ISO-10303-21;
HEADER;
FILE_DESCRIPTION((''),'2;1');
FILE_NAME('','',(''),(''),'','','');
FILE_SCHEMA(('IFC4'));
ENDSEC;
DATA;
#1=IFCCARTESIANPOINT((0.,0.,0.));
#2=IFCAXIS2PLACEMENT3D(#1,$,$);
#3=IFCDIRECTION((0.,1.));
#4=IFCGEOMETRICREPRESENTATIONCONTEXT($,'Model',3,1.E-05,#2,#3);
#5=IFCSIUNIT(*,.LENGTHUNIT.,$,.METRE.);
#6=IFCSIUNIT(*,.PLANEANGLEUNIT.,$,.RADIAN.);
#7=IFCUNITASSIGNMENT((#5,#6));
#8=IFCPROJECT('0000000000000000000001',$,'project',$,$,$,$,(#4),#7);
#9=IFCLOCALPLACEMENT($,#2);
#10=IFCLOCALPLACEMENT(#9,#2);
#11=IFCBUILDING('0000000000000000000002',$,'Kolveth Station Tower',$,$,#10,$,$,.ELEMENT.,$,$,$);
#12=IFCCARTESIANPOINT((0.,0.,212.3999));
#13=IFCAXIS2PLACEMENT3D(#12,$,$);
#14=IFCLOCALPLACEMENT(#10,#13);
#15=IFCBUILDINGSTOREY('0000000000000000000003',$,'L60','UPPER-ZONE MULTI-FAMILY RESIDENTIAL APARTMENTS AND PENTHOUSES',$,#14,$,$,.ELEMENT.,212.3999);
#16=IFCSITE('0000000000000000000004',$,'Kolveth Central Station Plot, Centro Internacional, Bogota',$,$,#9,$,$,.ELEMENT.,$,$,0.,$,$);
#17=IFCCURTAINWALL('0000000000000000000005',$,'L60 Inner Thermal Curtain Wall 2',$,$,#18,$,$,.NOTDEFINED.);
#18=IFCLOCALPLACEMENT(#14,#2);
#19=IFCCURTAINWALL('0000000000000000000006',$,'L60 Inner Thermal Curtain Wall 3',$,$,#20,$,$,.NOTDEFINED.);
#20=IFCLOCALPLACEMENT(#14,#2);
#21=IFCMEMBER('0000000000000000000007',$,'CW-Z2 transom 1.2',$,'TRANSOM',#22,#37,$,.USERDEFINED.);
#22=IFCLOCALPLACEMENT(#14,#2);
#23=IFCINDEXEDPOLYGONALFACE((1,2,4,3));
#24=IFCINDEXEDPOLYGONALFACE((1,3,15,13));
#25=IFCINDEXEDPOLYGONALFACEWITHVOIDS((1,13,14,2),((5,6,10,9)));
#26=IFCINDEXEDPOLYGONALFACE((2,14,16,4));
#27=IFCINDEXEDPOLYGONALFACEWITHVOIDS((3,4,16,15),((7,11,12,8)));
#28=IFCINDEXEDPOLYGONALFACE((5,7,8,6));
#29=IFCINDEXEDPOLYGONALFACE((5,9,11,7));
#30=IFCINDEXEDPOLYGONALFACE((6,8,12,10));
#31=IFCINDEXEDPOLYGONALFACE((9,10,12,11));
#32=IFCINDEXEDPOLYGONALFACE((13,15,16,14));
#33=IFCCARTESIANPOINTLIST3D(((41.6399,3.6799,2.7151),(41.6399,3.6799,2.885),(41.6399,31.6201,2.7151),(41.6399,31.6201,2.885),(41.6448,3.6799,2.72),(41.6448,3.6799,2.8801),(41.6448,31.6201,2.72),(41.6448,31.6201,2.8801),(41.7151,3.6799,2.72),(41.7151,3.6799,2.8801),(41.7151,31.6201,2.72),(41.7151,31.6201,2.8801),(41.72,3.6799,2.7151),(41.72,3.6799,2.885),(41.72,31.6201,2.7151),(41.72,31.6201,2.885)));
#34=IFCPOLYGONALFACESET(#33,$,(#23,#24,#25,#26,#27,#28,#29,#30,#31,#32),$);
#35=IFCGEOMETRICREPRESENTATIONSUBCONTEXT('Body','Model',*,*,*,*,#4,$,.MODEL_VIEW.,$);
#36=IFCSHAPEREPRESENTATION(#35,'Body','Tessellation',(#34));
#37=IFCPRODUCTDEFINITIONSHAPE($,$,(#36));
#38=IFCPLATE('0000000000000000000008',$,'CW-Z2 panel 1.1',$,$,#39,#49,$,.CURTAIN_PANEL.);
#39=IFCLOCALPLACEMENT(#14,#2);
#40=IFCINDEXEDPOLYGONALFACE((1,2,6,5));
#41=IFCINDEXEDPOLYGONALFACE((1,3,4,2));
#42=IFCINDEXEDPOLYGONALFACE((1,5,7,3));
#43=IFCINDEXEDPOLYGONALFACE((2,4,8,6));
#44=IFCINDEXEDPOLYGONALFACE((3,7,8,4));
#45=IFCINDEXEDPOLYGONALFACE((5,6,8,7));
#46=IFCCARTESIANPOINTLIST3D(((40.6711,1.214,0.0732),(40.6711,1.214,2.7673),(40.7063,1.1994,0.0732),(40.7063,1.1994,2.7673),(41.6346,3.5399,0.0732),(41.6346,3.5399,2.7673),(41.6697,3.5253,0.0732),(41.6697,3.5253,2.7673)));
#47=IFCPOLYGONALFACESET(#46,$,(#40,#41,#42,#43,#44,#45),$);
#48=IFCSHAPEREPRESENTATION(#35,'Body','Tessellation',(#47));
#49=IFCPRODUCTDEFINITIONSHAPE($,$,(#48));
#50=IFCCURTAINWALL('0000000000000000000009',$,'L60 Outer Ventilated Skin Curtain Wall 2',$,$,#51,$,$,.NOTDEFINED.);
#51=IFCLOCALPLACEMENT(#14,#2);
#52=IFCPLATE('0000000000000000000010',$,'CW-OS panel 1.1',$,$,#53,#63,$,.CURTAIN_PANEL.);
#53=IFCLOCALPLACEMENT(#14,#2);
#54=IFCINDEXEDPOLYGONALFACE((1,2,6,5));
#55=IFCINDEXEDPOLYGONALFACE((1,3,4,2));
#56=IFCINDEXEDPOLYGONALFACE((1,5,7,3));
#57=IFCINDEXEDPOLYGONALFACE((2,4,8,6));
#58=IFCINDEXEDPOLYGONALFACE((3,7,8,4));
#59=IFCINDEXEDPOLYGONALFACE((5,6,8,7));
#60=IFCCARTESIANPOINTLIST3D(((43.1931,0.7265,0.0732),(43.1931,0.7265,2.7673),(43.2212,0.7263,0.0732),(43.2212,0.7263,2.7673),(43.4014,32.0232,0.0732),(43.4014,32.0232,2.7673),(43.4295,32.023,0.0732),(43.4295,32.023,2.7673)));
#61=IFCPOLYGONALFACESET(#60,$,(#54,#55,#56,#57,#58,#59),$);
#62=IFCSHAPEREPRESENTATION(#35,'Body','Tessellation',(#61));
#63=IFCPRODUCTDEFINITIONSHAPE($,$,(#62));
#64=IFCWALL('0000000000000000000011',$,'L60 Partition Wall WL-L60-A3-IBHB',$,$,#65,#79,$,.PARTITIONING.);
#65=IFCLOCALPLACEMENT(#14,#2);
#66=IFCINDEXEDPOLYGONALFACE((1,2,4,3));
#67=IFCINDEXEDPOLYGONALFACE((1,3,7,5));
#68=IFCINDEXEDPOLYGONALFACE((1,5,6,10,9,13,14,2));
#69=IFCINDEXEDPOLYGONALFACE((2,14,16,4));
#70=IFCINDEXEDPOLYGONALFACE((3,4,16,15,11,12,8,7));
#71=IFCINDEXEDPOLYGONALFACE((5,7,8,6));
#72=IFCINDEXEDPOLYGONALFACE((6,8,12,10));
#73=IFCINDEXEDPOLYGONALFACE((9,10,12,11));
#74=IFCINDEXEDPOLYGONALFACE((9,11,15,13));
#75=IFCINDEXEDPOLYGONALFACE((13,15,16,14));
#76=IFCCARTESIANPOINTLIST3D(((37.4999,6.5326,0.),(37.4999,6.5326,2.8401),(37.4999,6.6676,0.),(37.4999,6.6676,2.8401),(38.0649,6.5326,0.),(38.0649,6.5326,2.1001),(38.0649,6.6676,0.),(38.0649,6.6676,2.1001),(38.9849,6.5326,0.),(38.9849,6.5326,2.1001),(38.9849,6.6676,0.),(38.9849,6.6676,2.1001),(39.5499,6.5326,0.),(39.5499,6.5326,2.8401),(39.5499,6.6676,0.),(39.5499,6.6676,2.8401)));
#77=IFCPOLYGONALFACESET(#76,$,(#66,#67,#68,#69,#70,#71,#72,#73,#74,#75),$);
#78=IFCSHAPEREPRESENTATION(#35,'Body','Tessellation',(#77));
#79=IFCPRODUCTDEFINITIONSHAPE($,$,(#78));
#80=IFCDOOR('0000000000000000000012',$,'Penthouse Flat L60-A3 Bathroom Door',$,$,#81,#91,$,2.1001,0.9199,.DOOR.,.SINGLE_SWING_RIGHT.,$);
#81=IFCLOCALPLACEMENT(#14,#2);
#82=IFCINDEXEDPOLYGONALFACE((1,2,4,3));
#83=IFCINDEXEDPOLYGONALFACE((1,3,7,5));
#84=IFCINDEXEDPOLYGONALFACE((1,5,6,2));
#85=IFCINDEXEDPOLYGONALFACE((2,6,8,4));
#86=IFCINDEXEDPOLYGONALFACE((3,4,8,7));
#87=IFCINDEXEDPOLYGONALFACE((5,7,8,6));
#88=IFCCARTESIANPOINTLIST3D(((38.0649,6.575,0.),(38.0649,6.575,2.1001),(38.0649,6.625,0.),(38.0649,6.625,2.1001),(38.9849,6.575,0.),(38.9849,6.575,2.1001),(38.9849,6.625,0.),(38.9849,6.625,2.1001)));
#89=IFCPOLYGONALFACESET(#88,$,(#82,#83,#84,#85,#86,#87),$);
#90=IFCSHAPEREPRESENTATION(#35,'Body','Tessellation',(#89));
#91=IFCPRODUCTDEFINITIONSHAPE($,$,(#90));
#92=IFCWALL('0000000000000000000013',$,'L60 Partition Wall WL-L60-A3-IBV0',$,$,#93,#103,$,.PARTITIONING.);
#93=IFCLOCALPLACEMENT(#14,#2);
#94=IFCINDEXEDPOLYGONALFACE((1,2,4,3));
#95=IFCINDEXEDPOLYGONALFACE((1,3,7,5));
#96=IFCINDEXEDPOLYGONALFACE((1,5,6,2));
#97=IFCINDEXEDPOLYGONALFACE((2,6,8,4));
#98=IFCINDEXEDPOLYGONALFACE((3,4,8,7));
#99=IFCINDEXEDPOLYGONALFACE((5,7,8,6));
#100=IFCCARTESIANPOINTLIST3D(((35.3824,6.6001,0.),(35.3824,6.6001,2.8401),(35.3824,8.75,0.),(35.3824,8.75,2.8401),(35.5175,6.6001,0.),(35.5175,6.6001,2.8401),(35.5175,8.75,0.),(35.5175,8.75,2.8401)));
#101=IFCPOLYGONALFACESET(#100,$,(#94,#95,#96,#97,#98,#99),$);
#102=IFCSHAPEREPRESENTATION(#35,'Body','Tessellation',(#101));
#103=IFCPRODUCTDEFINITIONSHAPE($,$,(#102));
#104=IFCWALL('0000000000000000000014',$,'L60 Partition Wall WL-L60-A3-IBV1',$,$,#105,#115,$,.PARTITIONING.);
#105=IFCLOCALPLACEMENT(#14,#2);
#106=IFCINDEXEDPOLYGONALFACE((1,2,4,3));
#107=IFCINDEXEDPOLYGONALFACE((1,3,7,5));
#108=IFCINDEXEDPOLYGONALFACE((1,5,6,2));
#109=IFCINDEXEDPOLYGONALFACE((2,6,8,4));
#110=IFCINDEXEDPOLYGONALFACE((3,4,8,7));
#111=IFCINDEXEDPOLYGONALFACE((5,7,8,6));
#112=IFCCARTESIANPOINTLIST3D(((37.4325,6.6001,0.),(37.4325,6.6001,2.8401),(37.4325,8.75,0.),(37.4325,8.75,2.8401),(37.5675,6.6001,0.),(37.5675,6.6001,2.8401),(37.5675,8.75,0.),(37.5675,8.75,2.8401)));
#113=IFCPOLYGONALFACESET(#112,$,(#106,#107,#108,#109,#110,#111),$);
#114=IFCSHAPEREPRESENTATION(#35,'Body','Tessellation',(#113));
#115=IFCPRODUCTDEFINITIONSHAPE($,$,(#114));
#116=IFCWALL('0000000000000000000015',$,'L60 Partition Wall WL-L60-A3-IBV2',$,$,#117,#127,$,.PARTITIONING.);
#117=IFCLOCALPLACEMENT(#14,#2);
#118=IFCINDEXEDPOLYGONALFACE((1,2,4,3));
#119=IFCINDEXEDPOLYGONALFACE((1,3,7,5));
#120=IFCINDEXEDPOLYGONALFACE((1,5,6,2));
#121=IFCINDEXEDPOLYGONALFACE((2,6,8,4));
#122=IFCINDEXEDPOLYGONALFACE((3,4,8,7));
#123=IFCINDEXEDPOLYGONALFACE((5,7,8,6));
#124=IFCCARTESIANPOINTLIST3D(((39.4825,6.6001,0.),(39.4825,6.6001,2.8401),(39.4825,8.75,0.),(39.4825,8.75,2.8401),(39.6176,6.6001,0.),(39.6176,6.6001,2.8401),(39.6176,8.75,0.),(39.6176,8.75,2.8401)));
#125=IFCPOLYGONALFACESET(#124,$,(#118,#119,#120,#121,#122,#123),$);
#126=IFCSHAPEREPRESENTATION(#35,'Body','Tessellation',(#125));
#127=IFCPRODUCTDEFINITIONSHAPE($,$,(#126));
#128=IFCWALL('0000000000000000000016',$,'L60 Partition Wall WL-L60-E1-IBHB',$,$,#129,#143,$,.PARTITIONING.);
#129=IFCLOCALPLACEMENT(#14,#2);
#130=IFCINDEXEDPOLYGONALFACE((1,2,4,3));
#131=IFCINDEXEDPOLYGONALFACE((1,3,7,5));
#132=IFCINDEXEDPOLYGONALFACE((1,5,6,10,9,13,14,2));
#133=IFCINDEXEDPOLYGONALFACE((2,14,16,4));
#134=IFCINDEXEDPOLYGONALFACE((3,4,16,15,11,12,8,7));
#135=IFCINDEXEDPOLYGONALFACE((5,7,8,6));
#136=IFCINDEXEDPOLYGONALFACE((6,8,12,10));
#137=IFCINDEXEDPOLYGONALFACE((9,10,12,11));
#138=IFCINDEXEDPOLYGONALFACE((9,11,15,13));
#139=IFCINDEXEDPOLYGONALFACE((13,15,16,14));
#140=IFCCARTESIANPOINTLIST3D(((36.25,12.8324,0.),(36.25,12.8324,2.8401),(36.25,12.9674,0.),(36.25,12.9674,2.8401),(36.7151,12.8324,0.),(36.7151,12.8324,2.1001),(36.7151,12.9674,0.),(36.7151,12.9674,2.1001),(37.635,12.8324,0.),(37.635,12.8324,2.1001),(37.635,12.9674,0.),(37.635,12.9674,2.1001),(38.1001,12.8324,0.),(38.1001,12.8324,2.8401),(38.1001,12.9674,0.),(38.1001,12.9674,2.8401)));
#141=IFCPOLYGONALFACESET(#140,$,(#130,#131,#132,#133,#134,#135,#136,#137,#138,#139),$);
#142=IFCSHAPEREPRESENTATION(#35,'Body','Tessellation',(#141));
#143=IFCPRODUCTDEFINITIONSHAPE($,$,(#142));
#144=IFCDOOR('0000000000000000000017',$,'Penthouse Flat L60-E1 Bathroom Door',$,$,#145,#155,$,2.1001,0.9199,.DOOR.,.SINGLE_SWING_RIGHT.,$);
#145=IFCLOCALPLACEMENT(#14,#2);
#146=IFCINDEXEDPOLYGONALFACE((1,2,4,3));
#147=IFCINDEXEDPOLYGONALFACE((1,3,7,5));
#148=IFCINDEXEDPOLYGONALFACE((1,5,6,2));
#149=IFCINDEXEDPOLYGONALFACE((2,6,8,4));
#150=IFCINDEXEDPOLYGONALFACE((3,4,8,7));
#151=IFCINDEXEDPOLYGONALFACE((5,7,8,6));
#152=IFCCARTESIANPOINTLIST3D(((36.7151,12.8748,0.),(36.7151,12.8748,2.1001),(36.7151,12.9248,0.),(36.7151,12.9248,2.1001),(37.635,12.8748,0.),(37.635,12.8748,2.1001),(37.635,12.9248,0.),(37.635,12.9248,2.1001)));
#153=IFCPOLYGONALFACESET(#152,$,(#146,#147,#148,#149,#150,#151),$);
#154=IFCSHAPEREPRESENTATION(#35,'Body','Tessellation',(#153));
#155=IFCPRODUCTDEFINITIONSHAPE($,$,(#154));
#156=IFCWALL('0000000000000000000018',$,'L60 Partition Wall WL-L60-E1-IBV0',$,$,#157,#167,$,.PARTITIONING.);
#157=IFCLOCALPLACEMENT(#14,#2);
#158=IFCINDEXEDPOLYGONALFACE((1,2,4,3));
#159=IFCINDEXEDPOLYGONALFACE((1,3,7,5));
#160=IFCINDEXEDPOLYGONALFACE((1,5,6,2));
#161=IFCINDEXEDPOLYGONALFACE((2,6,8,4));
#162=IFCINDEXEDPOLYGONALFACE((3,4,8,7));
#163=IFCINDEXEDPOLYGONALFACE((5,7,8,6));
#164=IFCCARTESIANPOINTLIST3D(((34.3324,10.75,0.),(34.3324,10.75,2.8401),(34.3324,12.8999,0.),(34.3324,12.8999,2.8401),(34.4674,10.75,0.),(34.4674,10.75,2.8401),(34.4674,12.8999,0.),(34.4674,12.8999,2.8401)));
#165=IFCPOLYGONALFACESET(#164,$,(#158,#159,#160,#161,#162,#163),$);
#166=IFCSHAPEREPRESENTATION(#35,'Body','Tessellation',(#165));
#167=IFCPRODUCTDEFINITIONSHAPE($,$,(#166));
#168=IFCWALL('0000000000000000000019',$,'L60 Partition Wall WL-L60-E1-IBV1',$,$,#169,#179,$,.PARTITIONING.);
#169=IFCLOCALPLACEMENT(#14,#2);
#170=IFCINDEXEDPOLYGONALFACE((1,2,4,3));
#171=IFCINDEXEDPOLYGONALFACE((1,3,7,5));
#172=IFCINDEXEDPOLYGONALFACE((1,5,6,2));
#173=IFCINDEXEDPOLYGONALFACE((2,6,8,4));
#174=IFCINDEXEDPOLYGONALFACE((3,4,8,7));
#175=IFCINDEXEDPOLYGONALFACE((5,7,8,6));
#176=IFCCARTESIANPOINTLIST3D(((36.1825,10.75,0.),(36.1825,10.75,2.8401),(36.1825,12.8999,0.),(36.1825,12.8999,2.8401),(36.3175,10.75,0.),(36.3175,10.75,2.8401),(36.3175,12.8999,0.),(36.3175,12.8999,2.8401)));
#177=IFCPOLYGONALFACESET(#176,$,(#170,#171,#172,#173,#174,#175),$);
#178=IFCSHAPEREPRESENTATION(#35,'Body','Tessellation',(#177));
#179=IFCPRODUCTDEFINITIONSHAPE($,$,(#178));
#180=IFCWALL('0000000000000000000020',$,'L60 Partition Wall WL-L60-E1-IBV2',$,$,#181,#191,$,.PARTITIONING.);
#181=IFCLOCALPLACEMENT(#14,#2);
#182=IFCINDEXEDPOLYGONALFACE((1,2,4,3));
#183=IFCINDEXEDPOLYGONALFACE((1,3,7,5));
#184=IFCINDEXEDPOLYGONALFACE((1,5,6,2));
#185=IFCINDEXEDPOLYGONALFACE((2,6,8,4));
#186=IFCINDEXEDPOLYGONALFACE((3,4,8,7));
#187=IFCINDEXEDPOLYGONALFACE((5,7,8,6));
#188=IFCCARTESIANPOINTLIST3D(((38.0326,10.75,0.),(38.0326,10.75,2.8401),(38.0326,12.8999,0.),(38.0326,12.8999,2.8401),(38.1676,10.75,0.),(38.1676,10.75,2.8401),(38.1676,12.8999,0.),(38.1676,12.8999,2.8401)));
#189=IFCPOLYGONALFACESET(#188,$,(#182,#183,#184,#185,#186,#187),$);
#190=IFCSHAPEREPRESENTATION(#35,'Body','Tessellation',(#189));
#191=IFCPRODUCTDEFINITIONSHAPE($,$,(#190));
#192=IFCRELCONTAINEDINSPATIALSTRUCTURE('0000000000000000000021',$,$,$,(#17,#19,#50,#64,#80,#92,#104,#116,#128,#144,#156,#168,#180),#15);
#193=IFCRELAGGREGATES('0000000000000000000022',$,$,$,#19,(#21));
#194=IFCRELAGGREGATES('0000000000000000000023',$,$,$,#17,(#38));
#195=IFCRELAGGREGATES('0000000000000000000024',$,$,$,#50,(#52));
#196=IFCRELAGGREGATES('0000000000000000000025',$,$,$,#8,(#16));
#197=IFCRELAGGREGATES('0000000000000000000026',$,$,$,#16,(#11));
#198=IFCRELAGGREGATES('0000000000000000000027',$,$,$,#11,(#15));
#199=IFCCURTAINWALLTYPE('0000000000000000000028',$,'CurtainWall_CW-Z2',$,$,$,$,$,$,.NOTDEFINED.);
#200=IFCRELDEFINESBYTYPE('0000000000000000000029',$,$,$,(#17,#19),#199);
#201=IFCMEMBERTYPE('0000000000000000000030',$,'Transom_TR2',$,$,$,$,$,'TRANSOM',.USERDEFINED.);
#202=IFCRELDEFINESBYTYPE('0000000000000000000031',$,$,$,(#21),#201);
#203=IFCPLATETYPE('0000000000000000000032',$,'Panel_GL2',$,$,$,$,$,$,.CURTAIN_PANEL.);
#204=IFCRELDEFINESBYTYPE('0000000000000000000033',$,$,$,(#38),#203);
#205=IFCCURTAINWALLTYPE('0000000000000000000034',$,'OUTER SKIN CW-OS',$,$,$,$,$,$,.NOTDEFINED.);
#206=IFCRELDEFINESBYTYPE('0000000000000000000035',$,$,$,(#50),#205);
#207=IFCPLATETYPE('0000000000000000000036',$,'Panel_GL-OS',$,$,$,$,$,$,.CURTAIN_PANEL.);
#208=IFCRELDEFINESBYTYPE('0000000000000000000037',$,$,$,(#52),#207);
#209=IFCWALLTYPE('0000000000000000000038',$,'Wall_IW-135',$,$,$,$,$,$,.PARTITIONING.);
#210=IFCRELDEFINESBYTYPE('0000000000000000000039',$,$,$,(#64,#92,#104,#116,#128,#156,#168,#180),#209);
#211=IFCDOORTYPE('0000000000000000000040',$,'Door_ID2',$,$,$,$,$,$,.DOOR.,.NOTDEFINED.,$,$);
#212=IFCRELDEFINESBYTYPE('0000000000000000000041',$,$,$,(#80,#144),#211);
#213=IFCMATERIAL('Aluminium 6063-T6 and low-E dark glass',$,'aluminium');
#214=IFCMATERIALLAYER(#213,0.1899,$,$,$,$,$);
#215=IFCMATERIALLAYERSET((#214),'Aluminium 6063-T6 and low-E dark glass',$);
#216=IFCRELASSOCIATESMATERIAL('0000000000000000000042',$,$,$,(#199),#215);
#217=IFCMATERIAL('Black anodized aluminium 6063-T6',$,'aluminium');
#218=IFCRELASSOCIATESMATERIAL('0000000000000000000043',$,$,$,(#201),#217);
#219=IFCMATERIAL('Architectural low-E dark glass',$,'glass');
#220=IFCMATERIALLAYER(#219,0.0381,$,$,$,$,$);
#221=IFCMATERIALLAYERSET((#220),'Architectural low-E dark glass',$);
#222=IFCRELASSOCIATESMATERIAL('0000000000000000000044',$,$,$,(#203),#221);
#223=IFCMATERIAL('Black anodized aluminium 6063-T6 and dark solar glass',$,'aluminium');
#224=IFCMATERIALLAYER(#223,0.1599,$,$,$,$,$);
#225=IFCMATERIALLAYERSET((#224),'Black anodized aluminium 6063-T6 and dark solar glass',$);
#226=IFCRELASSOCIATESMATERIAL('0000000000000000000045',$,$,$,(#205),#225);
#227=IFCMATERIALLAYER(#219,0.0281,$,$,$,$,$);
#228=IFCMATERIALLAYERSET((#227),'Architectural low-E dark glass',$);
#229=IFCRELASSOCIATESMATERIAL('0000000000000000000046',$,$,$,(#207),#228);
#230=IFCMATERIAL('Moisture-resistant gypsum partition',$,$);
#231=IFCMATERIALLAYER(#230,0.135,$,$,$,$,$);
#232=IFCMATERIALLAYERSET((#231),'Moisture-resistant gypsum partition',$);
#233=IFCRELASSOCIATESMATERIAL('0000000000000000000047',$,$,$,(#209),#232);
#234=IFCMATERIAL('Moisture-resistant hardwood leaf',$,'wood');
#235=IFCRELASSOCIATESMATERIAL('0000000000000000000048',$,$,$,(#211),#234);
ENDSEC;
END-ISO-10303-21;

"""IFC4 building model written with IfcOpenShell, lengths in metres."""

from ifc_helpers import new_model, si_unit, direction, frame, frame_2d, origin, origin_2d, place, context, subcontext, project, spatial, rectangle, hollow_rectangle, extrude, source, transform, mapped, material, layer, layer_set, material_profile, profile_set, type_object, element, fill, aggregate, save


model = new_model("IFC4")

# Units and contexts
model_context = context("Model", 3, precision=1e-05, world=origin(), true_north=direction((0.0, 1.0)))
body_context = subcontext(model_context, "Body", "Model", "MODEL_VIEW")
ifc_project = project(units=[si_unit("LENGTHUNIT", "METRE"), si_unit("PLANEANGLEUNIT", "RADIAN")], contexts=[model_context])

# Site, building, storey
site_placement = place(None, origin())
site = spatial("IfcSite", under=ifc_project, at=site_placement, Name="Kolveth Central Station Plot, Centro Internacional, Bogota", CompositionType="ELEMENT", RefElevation=0.0)
building_placement = place(site_placement, origin())
building = spatial("IfcBuilding", under=site, at=building_placement, Name="Kolveth Station Tower", CompositionType="ELEMENT")
storey_placement = place(building_placement, frame((0.0, 0.0, 212.3999)))
storey = spatial("IfcBuildingStorey", under=building, at=storey_placement, Name="L60", Description="UPPER-ZONE MULTI-FAMILY RESIDENTIAL APARTMENTS AND PENTHOUSES", CompositionType="ELEMENT", Elevation=212.3999)

# Curtain wall
ifc_material_1 = material(Name="Aluminium 6063-T6 and low-E dark glass", Category="aluminium")
ifc_layer_1 = layer(ifc_material_1, 0.1899)
ifc_layer_set_1 = layer_set([ifc_layer_1], Name="Aluminium 6063-T6 and low-E dark glass")
curtain_wall_type_1 = type_object("IfcCurtainWallType", Name="CurtainWall_CW-Z2", PredefinedType="NOTDEFINED", material=ifc_layer_set_1)
curtain_wall_1_placement = place(storey_placement, origin())
curtain_wall_1 = element("IfcCurtainWall", 1, at=curtain_wall_1_placement, inside=storey, type_object=curtain_wall_type_1, Name="L60 Inner Thermal Curtain Wall 2", PredefinedType="NOTDEFINED")
ifc_material_2 = material(Name="Black anodized aluminium 6063-T6", Category="aluminium")

# Curtain wall, member
curtain_wall_2_placement = place(storey_placement, origin())
curtain_wall_2 = element("IfcCurtainWall", 2, at=curtain_wall_2_placement, inside=storey, type_object=curtain_wall_type_1, Name="L60 Inner Thermal Curtain Wall 3", PredefinedType="NOTDEFINED")
ifc_material_profile_1 = material_profile(ifc_material_2, hollow_rectangle(XDim=0.0801, YDim=0.1699, WallThickness=0.0049, at=origin_2d()), Name="ALU-80x170x5")
ifc_profile_set_1 = profile_set([ifc_material_profile_1], Name="Black anodized aluminium 6063-T6")
member_type_1 = type_object("IfcMemberType", Name="Transom_TR2", ElementType="TRANSOM", PredefinedType="USERDEFINED", material=ifc_profile_set_1)
shared_shape_1 = source(origin(), body_context, "Body", "SweptSolid", [
    extrude(hollow_rectangle(XDim=0.0801, YDim=0.1699, WallThickness=0.0049, at=origin_2d()), origin(), (0.0, 0.0, 1.0), 27.9402),
])
member_1_placement = place(storey_placement, frame((41.6799, 3.6799, 2.8), z_axis=(0.0, 1.0, 0.0), x_axis=(-1.0, 0.0, 0.0)))
member_1 = element("IfcMember", 3, at=member_1_placement, type_object=member_type_1, Name="CW-Z2 transom 1.2", ObjectType="TRANSOM", PredefinedType="USERDEFINED", context=body_context, shape_type="MappedRepresentation", body=[
    mapped(shared_shape_1, transform((0.0, 0.0, 0.0), x_axis=(1.0, 0.0, 0.0), y_axis=(0.0, 1.0, 0.0), z_axis=(0.0, 0.0, 1.0), scale=1.0)),
])
aggregate(curtain_wall_2, [member_1])

# Plate
ifc_material_3 = material(Name="Architectural low-E dark glass", Category="glass")
ifc_layer_2 = layer(ifc_material_3, 0.0381)
ifc_layer_set_2 = layer_set([ifc_layer_2], Name="Architectural low-E dark glass")
plate_type_1 = type_object("IfcPlateType", Name="Panel_GL2", PredefinedType="CURTAIN_PANEL", material=ifc_layer_set_2)
shared_shape_2 = source(origin(), body_context, "Body", "SweptSolid", [
    extrude(rectangle(XDim=2.5176, YDim=0.0381, at=origin_2d()), origin(), (0.0, 0.0, 1.0), 2.6941),
])
plate_1_placement = place(storey_placement, frame((41.1704, 2.3696, 0.0732), z_axis=(0.0, 0.0, 1.0), x_axis=(0.382698, 0.923874, 0.0)))
plate_1 = element("IfcPlate", 4, at=plate_1_placement, type_object=plate_type_1, Name="CW-Z2 panel 1.1", PredefinedType="CURTAIN_PANEL", context=body_context, shape_type="MappedRepresentation", body=[
    mapped(shared_shape_2, transform((0.0, 0.0, 0.0), x_axis=(1.0, 0.0, 0.0), y_axis=(0.0, 1.0, 0.0), z_axis=(0.0, 0.0, 1.0), scale=1.0)),
])
aggregate(curtain_wall_1, [plate_1])

# Curtain wall, plate
ifc_material_4 = material(Name="Black anodized aluminium 6063-T6 and dark solar glass", Category="aluminium")
ifc_layer_3 = layer(ifc_material_4, 0.1599)
ifc_layer_set_3 = layer_set([ifc_layer_3], Name="Black anodized aluminium 6063-T6 and dark solar glass")
curtain_wall_type_2 = type_object("IfcCurtainWallType", Name="OUTER SKIN CW-OS", PredefinedType="NOTDEFINED", material=ifc_layer_set_3)
curtain_wall_3_placement = place(storey_placement, origin())
curtain_wall_3 = element("IfcCurtainWall", 5, at=curtain_wall_3_placement, inside=storey, type_object=curtain_wall_type_2, Name="L60 Outer Ventilated Skin Curtain Wall 2", PredefinedType="NOTDEFINED")
ifc_layer_4 = layer(ifc_material_3, 0.0281)
ifc_layer_set_4 = layer_set([ifc_layer_4], Name="Architectural low-E dark glass")
plate_type_2 = type_object("IfcPlateType", Name="Panel_GL-OS", PredefinedType="CURTAIN_PANEL", material=ifc_layer_set_4)
shared_shape_3 = source(origin(), body_context, "Body", "SweptSolid", [
    extrude(rectangle(XDim=31.2974, YDim=0.0281, at=origin_2d()), origin(), (0.0, 0.0, 1.0), 2.6941),
])
plate_2_placement = place(storey_placement, frame((43.3113, 16.3748, 0.0732), z_axis=(0.0, 0.0, 1.0), x_axis=(0.006655, 0.999978, 0.0)))
plate_2 = element("IfcPlate", 6, at=plate_2_placement, type_object=plate_type_2, Name="CW-OS panel 1.1", PredefinedType="CURTAIN_PANEL", context=body_context, shape_type="MappedRepresentation", body=[
    mapped(shared_shape_3, transform((0.0, 0.0, 0.0), x_axis=(1.0, 0.0, 0.0), y_axis=(0.0, 1.0, 0.0), z_axis=(0.0, 0.0, 1.0), scale=1.0)),
])
aggregate(curtain_wall_3, [plate_2])

# Wall, opening, door
ifc_material_5 = material(Name="Moisture-resistant gypsum partition")
ifc_layer_5 = layer(ifc_material_5, 0.135)
ifc_layer_set_5 = layer_set([ifc_layer_5], Name="Moisture-resistant gypsum partition")
wall_type_1 = type_object("IfcWallType", Name="Wall_IW-135", PredefinedType="PARTITIONING", material=ifc_layer_set_5)
wall_1_placement = place(storey_placement, frame((37.5, 6.6001, 0.0), z_axis=(0.0, 0.0, 1.0), x_axis=(1.0, 0.0, 0.0)))
wall_1 = element("IfcWall", 7, at=wall_1_placement, inside=storey, type_object=wall_type_1, Name="L60 Partition Wall WL-L60-A3-IBHB", PredefinedType="PARTITIONING", context=body_context, shape_type="SweptSolid", body=[
    extrude(rectangle(XDim=2.05, YDim=0.135, at=frame_2d((1.0249, 0.0))), origin(), (0.0, 0.0, 1.0), 2.8401),
])
opening_1_placement = place(wall_1_placement, frame((0.5649, 0.0, 0.0)))
opening_1 = element("IfcOpeningElement", 8, at=opening_1_placement, cuts=wall_1, PredefinedType="OPENING", context=body_context, shape_type="SweptSolid", body=[
    extrude(rectangle(XDim=0.9199, YDim=2.1001, at=frame_2d((0.46, 1.05))), frame((0.0, 0.0774, 0.0), z_axis=(0.0, -1.0, 0.0), x_axis=(1.0, 0.0, 0.0)), (0.0, 0.0, 1.0), 0.155),
])
ifc_material_6 = material(Name="Moisture-resistant hardwood leaf", Category="wood")
door_type_1 = type_object("IfcDoorType", Name="Door_ID2", OperationType="NOTDEFINED", PredefinedType="DOOR", material=ifc_material_6)
door_1_placement = place(opening_1_placement, origin())
door_1 = element("IfcDoor", 9, at=door_1_placement, inside=storey, type_object=door_type_1, Name="Penthouse Flat L60-A3 Bathroom Door", OperationType="SINGLE_SWING_RIGHT", OverallHeight=2.1001, OverallWidth=0.9199, PredefinedType="DOOR", context=body_context, shape_type="SweptSolid", body=[
    extrude(rectangle(XDim=0.9199, YDim=2.1001, at=frame_2d((0.46, 1.05))), frame((0.0, 0.0249, 0.0), z_axis=(0.0, -1.0, 0.0), x_axis=(1.0, 0.0, 0.0)), (0.0, 0.0, 1.0), 0.05),
])
fill(opening_1, door_1)

# Walls
for number, where, z_axis, x_axis, name in (
    (10, (35.45, 6.6001, 0.0), (0.0, 0.0, 1.0), (0.0, 1.0, 0.0), "L60 Partition Wall WL-L60-A3-IBV0"),
    (11, (37.5, 6.6001, 0.0), (0.0, 0.0, 1.0), (0.0, 1.0, 0.0), "L60 Partition Wall WL-L60-A3-IBV1"),
    (12, (39.55, 6.6001, 0.0), (0.0, 0.0, 1.0), (0.0, 1.0, 0.0), "L60 Partition Wall WL-L60-A3-IBV2"),
):
    element("IfcWall", number, at=place(storey_placement, frame(where, z_axis=z_axis, x_axis=x_axis)), inside=storey, type_object=wall_type_1, Name=name, PredefinedType="PARTITIONING", context=body_context, shape_type="SweptSolid", body=[
        extrude(rectangle(XDim=2.1499, YDim=0.135, at=frame_2d((1.075, 0.0))), origin(), (0.0, 0.0, 1.0), 2.8401),
    ])

# Wall, opening, door
wall_2_placement = place(storey_placement, frame((36.25, 12.8999, 0.0), z_axis=(0.0, 0.0, 1.0), x_axis=(1.0, 0.0, 0.0)))
wall_2 = element("IfcWall", 13, at=wall_2_placement, inside=storey, type_object=wall_type_1, Name="L60 Partition Wall WL-L60-E1-IBHB", PredefinedType="PARTITIONING", context=body_context, shape_type="SweptSolid", body=[
    extrude(rectangle(XDim=1.8501, YDim=0.135, at=frame_2d((0.925, 0.0))), origin(), (0.0, 0.0, 1.0), 2.8401),
])
opening_2_placement = place(wall_2_placement, frame((0.4651, 0.0, 0.0)))
opening_2 = element("IfcOpeningElement", 14, at=opening_2_placement, cuts=wall_2, PredefinedType="OPENING", context=body_context, shape_type="SweptSolid", body=[
    extrude(rectangle(XDim=0.9199, YDim=2.1001, at=frame_2d((0.46, 1.05))), frame((0.0, 0.0774, 0.0), z_axis=(0.0, -1.0, 0.0), x_axis=(1.0, 0.0, 0.0)), (0.0, 0.0, 1.0), 0.155),
])
door_2_placement = place(opening_2_placement, origin())
door_2 = element("IfcDoor", 15, at=door_2_placement, inside=storey, type_object=door_type_1, Name="Penthouse Flat L60-E1 Bathroom Door", OperationType="SINGLE_SWING_RIGHT", OverallHeight=2.1001, OverallWidth=0.9199, PredefinedType="DOOR", context=body_context, shape_type="SweptSolid", body=[
    extrude(rectangle(XDim=0.9199, YDim=2.1001, at=frame_2d((0.46, 1.05))), frame((0.0, 0.0249, 0.0), z_axis=(0.0, -1.0, 0.0), x_axis=(1.0, 0.0, 0.0)), (0.0, 0.0, 1.0), 0.05),
])
fill(opening_2, door_2)

# Walls
for number, where, z_axis, x_axis, name in (
    (16, (34.3999, 10.75, 0.0), (0.0, 0.0, 1.0), (0.0, 1.0, 0.0), "L60 Partition Wall WL-L60-E1-IBV0"),
    (17, (36.25, 10.75, 0.0), (0.0, 0.0, 1.0), (0.0, 1.0, 0.0), "L60 Partition Wall WL-L60-E1-IBV1"),
    (18, (38.1001, 10.75, 0.0), (0.0, 0.0, 1.0), (0.0, 1.0, 0.0), "L60 Partition Wall WL-L60-E1-IBV2"),
):
    element("IfcWall", number, at=place(storey_placement, frame(where, z_axis=z_axis, x_axis=x_axis)), inside=storey, type_object=wall_type_1, Name=name, PredefinedType="PARTITIONING", context=body_context, shape_type="SweptSolid", body=[
        extrude(rectangle(XDim=2.1499, YDim=0.135, at=frame_2d((1.075, 0.0))), origin(), (0.0, 0.0, 1.0), 2.8401),
    ])

save(model, "model.ifc")
